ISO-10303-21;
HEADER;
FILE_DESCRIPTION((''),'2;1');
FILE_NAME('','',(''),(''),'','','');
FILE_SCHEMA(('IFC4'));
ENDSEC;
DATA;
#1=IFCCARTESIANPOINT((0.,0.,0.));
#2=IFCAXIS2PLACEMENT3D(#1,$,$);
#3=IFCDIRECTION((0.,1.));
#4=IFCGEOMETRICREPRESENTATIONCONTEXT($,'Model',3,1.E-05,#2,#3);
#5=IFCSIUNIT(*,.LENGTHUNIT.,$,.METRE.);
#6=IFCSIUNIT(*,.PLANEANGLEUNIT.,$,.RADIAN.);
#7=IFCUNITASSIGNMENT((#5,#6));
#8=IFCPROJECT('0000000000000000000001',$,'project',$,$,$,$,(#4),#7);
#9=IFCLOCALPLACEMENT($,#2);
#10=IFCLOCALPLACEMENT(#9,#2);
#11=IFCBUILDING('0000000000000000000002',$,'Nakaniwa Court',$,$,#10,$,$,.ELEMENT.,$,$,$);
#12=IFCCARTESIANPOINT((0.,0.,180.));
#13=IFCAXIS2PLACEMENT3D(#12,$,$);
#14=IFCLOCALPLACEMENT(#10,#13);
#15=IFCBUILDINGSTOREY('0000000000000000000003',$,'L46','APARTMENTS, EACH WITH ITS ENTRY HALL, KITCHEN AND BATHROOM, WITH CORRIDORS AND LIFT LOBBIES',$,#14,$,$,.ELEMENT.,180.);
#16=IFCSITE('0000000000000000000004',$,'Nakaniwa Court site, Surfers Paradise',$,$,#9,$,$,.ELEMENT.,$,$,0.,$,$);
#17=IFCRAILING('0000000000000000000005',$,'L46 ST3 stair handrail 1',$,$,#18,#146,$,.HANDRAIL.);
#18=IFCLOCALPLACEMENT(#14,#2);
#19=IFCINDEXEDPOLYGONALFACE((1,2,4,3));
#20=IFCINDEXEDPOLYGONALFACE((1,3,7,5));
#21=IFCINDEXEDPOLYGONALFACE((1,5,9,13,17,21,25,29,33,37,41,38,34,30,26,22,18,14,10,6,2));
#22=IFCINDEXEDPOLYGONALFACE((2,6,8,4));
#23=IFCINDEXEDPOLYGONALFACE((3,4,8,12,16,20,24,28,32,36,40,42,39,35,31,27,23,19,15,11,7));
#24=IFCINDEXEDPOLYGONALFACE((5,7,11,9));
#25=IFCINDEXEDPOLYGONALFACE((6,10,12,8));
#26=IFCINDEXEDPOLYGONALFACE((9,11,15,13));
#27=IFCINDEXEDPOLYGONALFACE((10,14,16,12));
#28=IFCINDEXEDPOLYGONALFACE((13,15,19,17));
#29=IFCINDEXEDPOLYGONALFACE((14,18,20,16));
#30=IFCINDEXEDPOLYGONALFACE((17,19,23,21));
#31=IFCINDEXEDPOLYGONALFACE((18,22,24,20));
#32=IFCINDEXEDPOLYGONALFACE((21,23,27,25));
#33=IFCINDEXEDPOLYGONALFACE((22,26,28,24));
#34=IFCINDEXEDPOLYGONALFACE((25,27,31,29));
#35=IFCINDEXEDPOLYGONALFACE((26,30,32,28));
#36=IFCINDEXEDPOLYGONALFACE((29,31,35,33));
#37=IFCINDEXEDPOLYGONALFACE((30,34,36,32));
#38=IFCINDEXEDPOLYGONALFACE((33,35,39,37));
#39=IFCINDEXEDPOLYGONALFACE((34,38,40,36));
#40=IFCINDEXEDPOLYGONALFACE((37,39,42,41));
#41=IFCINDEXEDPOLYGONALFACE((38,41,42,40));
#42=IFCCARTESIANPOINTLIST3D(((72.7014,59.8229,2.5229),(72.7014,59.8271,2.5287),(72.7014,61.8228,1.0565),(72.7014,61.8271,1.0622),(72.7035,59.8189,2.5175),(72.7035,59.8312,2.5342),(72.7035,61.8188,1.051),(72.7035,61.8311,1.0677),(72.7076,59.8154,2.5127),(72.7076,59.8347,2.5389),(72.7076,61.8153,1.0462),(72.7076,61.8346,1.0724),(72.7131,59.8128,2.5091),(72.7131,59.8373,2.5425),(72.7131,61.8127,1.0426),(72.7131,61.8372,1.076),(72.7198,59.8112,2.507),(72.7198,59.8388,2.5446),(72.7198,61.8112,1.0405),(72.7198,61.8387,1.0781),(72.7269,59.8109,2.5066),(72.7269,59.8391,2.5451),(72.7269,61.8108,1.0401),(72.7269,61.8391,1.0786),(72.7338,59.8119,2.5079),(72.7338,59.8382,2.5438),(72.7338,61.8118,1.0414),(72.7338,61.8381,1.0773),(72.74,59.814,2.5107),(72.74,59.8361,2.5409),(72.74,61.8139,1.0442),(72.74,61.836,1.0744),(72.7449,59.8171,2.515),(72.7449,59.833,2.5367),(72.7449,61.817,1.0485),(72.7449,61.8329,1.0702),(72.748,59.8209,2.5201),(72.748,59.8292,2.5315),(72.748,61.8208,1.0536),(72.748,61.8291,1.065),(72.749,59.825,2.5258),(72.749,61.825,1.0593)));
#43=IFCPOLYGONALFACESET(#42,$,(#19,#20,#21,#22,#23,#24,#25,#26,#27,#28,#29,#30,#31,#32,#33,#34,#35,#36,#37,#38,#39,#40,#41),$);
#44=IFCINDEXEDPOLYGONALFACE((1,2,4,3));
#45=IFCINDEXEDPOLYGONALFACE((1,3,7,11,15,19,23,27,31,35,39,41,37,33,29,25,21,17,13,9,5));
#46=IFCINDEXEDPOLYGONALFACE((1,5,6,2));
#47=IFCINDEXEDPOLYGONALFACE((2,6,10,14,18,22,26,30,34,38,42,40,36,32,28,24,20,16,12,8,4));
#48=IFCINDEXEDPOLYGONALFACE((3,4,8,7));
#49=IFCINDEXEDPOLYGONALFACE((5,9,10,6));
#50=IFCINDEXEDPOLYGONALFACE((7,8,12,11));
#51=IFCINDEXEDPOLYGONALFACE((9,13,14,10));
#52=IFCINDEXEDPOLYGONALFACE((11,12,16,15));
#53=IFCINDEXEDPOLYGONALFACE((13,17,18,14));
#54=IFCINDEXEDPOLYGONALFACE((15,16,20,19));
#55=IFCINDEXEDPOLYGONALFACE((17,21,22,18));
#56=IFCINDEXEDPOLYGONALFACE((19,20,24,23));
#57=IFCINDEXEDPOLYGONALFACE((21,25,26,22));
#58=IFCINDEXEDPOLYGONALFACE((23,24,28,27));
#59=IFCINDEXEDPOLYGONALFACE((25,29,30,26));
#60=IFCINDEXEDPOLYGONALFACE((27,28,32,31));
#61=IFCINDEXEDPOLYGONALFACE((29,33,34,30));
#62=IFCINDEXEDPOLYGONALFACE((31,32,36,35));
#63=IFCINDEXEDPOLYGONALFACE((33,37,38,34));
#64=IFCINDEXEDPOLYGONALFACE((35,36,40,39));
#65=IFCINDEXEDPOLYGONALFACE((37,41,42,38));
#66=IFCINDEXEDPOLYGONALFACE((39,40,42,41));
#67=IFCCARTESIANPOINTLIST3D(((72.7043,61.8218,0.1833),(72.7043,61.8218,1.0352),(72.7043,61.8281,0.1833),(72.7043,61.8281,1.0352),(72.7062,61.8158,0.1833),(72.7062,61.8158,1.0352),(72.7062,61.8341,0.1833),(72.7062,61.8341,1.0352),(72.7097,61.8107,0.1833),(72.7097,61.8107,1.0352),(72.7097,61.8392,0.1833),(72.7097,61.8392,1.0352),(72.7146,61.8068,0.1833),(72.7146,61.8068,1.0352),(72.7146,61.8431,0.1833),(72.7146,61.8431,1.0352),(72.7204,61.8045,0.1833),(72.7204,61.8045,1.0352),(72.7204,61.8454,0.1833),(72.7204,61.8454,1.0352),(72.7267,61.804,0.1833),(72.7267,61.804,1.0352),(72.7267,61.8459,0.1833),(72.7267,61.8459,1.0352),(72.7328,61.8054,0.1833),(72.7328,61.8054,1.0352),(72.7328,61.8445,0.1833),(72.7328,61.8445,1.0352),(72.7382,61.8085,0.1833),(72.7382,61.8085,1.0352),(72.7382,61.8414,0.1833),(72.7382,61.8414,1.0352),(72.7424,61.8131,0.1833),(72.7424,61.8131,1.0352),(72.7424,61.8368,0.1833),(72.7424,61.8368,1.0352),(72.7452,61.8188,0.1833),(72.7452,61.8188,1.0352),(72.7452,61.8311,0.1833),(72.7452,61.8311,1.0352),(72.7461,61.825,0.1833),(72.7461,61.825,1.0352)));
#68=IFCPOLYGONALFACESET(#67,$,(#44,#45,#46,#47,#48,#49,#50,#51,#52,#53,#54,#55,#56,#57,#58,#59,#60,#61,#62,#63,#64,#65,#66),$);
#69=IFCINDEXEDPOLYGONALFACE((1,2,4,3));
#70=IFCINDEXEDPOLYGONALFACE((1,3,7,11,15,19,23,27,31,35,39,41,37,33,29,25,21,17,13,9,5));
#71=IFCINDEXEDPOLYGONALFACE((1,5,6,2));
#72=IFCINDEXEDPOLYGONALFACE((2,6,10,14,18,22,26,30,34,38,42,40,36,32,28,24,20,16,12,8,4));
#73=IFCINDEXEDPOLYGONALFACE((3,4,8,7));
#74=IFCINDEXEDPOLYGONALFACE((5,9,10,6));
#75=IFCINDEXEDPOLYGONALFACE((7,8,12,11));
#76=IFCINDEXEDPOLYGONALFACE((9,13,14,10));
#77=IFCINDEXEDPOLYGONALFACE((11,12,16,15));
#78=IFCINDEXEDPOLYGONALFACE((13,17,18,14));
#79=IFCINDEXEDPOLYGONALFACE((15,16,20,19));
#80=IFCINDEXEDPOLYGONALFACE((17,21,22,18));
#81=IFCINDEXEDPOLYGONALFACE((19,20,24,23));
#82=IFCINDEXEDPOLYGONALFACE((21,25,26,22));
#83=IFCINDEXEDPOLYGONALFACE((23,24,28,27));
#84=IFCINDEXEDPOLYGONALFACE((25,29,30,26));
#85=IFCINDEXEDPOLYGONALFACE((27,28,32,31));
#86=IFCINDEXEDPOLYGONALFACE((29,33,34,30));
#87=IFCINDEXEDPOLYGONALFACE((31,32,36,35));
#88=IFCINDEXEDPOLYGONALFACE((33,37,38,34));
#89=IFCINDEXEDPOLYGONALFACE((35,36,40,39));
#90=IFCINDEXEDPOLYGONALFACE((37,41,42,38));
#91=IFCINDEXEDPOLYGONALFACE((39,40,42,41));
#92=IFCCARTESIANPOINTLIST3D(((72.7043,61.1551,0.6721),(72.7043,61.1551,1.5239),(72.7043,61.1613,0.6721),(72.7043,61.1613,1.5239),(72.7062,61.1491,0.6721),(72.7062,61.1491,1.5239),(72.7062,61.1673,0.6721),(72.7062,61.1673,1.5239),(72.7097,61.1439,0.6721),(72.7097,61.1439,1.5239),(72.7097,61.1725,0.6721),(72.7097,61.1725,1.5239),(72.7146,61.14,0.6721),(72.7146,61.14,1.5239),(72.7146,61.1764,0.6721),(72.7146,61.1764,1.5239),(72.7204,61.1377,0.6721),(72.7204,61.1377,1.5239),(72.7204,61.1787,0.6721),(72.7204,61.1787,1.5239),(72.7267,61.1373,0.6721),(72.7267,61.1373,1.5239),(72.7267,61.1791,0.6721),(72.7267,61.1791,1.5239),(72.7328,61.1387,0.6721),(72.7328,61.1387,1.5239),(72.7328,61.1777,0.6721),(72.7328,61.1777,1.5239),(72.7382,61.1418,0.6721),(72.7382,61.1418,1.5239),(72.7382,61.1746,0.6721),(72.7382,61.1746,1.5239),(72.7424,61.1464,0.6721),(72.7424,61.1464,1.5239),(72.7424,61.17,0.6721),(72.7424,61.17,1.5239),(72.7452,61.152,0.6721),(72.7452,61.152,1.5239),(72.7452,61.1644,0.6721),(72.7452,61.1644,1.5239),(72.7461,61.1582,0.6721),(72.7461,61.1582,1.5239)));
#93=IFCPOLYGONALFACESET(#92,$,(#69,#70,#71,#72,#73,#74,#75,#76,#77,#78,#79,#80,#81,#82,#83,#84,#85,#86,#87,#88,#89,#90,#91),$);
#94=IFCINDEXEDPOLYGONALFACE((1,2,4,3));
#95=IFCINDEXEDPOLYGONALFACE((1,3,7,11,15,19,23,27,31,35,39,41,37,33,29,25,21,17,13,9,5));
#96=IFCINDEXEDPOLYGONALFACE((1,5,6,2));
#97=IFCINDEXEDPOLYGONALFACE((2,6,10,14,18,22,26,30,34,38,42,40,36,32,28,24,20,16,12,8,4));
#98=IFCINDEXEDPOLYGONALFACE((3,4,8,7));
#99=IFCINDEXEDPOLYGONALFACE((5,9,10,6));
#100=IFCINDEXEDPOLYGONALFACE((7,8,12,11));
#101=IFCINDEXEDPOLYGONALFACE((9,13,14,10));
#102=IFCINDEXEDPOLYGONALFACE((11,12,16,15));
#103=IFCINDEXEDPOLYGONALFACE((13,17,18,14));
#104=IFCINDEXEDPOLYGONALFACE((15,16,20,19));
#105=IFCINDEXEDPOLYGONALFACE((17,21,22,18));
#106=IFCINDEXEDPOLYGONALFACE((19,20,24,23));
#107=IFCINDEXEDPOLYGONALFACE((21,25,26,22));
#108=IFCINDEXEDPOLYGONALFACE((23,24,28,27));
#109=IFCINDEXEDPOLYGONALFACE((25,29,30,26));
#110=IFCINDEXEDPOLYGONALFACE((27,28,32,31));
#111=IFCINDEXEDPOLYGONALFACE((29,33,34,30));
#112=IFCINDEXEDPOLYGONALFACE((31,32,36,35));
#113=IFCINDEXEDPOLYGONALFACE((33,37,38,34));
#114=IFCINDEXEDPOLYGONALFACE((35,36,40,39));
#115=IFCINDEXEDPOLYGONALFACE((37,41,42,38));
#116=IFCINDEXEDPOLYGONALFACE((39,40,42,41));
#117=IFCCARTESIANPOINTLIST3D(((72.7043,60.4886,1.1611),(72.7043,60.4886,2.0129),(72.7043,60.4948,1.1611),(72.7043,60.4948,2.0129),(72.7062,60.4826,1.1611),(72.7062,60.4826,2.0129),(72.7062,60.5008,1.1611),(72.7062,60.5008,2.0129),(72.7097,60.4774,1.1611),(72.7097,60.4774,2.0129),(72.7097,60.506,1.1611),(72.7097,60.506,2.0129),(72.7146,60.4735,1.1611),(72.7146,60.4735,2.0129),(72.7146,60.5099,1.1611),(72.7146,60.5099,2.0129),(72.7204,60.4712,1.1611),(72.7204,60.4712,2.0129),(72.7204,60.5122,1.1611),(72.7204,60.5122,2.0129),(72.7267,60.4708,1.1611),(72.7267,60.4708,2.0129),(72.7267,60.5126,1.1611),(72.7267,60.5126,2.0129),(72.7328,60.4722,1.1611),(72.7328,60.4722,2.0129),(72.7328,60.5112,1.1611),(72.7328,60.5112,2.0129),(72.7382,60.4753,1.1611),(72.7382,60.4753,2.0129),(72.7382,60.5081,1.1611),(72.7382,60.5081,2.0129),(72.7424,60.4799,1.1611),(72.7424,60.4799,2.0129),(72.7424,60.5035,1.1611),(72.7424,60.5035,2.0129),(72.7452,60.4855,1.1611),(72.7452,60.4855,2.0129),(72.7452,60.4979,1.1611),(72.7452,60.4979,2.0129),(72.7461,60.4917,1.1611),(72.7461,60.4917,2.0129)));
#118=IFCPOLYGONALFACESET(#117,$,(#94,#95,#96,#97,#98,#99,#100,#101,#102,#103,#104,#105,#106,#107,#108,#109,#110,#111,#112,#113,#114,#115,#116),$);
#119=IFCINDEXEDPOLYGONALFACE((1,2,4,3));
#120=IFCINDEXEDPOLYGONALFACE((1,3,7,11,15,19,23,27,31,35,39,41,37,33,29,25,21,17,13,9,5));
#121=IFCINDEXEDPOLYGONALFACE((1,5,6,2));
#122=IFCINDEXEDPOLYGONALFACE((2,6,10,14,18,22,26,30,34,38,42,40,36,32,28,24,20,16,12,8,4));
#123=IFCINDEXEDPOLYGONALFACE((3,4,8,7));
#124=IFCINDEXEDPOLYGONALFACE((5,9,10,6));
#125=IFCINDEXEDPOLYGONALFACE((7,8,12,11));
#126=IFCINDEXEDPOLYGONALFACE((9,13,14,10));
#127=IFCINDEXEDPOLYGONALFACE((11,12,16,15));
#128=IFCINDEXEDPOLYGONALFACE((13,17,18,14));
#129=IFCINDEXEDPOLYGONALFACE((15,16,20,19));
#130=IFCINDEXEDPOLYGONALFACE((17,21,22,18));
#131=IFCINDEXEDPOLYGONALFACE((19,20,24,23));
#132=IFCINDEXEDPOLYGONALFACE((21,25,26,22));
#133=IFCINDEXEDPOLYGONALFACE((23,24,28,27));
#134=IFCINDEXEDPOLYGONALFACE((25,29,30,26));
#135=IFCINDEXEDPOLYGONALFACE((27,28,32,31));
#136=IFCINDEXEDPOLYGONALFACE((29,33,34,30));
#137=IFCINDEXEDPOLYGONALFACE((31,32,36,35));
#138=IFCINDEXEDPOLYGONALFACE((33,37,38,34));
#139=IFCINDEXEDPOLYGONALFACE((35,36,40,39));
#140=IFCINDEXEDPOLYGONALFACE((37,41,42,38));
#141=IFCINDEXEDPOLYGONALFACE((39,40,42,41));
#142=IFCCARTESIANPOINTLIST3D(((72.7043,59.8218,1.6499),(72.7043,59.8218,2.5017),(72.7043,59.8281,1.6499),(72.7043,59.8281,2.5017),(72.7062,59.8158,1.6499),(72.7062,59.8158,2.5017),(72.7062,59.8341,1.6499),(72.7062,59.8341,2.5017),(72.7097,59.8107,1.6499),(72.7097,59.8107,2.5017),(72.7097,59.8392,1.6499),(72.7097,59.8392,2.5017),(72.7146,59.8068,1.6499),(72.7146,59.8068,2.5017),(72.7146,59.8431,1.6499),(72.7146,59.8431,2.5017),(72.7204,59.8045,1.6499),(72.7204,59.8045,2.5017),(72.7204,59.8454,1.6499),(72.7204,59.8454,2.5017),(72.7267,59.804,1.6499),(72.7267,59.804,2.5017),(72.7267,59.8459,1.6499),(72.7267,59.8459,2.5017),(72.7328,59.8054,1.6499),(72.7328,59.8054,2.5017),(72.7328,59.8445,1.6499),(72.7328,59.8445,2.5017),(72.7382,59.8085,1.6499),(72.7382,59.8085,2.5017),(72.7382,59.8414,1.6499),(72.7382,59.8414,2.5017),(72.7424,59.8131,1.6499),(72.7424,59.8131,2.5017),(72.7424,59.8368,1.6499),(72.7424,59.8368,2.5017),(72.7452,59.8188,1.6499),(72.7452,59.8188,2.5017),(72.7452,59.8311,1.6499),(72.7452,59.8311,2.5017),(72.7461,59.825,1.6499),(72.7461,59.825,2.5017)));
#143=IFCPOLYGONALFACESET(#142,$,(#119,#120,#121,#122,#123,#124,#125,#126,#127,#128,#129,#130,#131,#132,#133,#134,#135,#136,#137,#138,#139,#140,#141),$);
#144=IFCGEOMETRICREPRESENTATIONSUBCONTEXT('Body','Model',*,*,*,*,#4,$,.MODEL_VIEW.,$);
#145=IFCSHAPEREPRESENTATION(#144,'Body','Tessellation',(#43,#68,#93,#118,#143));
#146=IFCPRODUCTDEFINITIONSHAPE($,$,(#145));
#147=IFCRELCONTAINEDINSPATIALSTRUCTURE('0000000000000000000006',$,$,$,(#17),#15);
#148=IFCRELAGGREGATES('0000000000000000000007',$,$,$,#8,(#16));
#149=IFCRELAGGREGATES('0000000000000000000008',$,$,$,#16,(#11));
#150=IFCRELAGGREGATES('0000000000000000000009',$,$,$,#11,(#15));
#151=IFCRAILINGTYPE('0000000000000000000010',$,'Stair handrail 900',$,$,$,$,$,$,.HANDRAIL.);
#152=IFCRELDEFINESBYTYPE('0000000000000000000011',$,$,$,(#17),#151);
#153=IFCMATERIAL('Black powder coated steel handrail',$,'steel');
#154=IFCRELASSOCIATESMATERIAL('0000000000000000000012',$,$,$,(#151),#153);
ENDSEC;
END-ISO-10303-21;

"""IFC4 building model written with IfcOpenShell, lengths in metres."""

from ifc_helpers import new_model, si_unit, direction, frame, origin, origin_2d, place, context, subcontext, project, spatial, circle, extrude, material, type_object, element, save


model = new_model("IFC4")

# Units and contexts
model_context = context("Model", 3, precision=1e-05, world=origin(), true_north=direction((0.0, 1.0)))
body_context = subcontext(model_context, "Body", "Model", "MODEL_VIEW")
ifc_project = project(units=[si_unit("LENGTHUNIT", "METRE"), si_unit("PLANEANGLEUNIT", "RADIAN")], contexts=[model_context])

# Site, building, storey
site_placement = place(None, origin())
site = spatial("IfcSite", under=ifc_project, at=site_placement, Name="Nakaniwa Court site, Surfers Paradise", CompositionType="ELEMENT", RefElevation=0.0)
building_placement = place(site_placement, origin())
building = spatial("IfcBuilding", under=site, at=building_placement, Name="Nakaniwa Court", CompositionType="ELEMENT")
storey_placement = place(building_placement, frame((0.0, 0.0, 180.0)))
storey = spatial("IfcBuildingStorey", under=building, at=storey_placement, Name="L46", Description="APARTMENTS, EACH WITH ITS ENTRY HALL, KITCHEN AND BATHROOM, WITH CORRIDORS AND LIFT LOBBIES", CompositionType="ELEMENT", Elevation=180.0)

# Railing
ifc_material_1 = material(Name="Black powder coated steel handrail", Category="steel")
railing_type_1 = type_object("IfcRailingType", Name="Stair handrail 900", PredefinedType="HANDRAIL", material=ifc_material_1)
railing_1_placement = place(storey_placement, frame((72.7251, 61.825, 0.1833)))
element("IfcRailing", 1, at=railing_1_placement, inside=storey, type_object=railing_type_1, Name="L46 ST3 stair handrail 1", PredefinedType="HANDRAIL", context=body_context, shape_type="SweptSolid", body=[
    extrude(circle(Radius=0.0239, at=origin_2d()), frame((0.0, 0.0, 0.876), z_axis=(0.0, -0.806427, 0.591334), x_axis=(1.0, 0.0, 0.0)), (0.0, 0.0, 1.0), 2.48),
    extrude(circle(Radius=0.021, at=origin_2d()), origin(), (0.0, 0.0, 1.0), 0.8518),
    extrude(circle(Radius=0.021, at=origin_2d()), frame((0.0, -0.6667, 0.4888)), (0.0, 0.0, 1.0), 0.8518),
    extrude(circle(Radius=0.021, at=origin_2d()), frame((0.0, -1.3333, 0.9778)), (0.0, 0.0, 1.0), 0.8518),
    extrude(circle(Radius=0.021, at=origin_2d()), frame((0.0, -2.0, 1.4666)), (0.0, 0.0, 1.0), 0.8518),
])

save(model, "model.ifc")
